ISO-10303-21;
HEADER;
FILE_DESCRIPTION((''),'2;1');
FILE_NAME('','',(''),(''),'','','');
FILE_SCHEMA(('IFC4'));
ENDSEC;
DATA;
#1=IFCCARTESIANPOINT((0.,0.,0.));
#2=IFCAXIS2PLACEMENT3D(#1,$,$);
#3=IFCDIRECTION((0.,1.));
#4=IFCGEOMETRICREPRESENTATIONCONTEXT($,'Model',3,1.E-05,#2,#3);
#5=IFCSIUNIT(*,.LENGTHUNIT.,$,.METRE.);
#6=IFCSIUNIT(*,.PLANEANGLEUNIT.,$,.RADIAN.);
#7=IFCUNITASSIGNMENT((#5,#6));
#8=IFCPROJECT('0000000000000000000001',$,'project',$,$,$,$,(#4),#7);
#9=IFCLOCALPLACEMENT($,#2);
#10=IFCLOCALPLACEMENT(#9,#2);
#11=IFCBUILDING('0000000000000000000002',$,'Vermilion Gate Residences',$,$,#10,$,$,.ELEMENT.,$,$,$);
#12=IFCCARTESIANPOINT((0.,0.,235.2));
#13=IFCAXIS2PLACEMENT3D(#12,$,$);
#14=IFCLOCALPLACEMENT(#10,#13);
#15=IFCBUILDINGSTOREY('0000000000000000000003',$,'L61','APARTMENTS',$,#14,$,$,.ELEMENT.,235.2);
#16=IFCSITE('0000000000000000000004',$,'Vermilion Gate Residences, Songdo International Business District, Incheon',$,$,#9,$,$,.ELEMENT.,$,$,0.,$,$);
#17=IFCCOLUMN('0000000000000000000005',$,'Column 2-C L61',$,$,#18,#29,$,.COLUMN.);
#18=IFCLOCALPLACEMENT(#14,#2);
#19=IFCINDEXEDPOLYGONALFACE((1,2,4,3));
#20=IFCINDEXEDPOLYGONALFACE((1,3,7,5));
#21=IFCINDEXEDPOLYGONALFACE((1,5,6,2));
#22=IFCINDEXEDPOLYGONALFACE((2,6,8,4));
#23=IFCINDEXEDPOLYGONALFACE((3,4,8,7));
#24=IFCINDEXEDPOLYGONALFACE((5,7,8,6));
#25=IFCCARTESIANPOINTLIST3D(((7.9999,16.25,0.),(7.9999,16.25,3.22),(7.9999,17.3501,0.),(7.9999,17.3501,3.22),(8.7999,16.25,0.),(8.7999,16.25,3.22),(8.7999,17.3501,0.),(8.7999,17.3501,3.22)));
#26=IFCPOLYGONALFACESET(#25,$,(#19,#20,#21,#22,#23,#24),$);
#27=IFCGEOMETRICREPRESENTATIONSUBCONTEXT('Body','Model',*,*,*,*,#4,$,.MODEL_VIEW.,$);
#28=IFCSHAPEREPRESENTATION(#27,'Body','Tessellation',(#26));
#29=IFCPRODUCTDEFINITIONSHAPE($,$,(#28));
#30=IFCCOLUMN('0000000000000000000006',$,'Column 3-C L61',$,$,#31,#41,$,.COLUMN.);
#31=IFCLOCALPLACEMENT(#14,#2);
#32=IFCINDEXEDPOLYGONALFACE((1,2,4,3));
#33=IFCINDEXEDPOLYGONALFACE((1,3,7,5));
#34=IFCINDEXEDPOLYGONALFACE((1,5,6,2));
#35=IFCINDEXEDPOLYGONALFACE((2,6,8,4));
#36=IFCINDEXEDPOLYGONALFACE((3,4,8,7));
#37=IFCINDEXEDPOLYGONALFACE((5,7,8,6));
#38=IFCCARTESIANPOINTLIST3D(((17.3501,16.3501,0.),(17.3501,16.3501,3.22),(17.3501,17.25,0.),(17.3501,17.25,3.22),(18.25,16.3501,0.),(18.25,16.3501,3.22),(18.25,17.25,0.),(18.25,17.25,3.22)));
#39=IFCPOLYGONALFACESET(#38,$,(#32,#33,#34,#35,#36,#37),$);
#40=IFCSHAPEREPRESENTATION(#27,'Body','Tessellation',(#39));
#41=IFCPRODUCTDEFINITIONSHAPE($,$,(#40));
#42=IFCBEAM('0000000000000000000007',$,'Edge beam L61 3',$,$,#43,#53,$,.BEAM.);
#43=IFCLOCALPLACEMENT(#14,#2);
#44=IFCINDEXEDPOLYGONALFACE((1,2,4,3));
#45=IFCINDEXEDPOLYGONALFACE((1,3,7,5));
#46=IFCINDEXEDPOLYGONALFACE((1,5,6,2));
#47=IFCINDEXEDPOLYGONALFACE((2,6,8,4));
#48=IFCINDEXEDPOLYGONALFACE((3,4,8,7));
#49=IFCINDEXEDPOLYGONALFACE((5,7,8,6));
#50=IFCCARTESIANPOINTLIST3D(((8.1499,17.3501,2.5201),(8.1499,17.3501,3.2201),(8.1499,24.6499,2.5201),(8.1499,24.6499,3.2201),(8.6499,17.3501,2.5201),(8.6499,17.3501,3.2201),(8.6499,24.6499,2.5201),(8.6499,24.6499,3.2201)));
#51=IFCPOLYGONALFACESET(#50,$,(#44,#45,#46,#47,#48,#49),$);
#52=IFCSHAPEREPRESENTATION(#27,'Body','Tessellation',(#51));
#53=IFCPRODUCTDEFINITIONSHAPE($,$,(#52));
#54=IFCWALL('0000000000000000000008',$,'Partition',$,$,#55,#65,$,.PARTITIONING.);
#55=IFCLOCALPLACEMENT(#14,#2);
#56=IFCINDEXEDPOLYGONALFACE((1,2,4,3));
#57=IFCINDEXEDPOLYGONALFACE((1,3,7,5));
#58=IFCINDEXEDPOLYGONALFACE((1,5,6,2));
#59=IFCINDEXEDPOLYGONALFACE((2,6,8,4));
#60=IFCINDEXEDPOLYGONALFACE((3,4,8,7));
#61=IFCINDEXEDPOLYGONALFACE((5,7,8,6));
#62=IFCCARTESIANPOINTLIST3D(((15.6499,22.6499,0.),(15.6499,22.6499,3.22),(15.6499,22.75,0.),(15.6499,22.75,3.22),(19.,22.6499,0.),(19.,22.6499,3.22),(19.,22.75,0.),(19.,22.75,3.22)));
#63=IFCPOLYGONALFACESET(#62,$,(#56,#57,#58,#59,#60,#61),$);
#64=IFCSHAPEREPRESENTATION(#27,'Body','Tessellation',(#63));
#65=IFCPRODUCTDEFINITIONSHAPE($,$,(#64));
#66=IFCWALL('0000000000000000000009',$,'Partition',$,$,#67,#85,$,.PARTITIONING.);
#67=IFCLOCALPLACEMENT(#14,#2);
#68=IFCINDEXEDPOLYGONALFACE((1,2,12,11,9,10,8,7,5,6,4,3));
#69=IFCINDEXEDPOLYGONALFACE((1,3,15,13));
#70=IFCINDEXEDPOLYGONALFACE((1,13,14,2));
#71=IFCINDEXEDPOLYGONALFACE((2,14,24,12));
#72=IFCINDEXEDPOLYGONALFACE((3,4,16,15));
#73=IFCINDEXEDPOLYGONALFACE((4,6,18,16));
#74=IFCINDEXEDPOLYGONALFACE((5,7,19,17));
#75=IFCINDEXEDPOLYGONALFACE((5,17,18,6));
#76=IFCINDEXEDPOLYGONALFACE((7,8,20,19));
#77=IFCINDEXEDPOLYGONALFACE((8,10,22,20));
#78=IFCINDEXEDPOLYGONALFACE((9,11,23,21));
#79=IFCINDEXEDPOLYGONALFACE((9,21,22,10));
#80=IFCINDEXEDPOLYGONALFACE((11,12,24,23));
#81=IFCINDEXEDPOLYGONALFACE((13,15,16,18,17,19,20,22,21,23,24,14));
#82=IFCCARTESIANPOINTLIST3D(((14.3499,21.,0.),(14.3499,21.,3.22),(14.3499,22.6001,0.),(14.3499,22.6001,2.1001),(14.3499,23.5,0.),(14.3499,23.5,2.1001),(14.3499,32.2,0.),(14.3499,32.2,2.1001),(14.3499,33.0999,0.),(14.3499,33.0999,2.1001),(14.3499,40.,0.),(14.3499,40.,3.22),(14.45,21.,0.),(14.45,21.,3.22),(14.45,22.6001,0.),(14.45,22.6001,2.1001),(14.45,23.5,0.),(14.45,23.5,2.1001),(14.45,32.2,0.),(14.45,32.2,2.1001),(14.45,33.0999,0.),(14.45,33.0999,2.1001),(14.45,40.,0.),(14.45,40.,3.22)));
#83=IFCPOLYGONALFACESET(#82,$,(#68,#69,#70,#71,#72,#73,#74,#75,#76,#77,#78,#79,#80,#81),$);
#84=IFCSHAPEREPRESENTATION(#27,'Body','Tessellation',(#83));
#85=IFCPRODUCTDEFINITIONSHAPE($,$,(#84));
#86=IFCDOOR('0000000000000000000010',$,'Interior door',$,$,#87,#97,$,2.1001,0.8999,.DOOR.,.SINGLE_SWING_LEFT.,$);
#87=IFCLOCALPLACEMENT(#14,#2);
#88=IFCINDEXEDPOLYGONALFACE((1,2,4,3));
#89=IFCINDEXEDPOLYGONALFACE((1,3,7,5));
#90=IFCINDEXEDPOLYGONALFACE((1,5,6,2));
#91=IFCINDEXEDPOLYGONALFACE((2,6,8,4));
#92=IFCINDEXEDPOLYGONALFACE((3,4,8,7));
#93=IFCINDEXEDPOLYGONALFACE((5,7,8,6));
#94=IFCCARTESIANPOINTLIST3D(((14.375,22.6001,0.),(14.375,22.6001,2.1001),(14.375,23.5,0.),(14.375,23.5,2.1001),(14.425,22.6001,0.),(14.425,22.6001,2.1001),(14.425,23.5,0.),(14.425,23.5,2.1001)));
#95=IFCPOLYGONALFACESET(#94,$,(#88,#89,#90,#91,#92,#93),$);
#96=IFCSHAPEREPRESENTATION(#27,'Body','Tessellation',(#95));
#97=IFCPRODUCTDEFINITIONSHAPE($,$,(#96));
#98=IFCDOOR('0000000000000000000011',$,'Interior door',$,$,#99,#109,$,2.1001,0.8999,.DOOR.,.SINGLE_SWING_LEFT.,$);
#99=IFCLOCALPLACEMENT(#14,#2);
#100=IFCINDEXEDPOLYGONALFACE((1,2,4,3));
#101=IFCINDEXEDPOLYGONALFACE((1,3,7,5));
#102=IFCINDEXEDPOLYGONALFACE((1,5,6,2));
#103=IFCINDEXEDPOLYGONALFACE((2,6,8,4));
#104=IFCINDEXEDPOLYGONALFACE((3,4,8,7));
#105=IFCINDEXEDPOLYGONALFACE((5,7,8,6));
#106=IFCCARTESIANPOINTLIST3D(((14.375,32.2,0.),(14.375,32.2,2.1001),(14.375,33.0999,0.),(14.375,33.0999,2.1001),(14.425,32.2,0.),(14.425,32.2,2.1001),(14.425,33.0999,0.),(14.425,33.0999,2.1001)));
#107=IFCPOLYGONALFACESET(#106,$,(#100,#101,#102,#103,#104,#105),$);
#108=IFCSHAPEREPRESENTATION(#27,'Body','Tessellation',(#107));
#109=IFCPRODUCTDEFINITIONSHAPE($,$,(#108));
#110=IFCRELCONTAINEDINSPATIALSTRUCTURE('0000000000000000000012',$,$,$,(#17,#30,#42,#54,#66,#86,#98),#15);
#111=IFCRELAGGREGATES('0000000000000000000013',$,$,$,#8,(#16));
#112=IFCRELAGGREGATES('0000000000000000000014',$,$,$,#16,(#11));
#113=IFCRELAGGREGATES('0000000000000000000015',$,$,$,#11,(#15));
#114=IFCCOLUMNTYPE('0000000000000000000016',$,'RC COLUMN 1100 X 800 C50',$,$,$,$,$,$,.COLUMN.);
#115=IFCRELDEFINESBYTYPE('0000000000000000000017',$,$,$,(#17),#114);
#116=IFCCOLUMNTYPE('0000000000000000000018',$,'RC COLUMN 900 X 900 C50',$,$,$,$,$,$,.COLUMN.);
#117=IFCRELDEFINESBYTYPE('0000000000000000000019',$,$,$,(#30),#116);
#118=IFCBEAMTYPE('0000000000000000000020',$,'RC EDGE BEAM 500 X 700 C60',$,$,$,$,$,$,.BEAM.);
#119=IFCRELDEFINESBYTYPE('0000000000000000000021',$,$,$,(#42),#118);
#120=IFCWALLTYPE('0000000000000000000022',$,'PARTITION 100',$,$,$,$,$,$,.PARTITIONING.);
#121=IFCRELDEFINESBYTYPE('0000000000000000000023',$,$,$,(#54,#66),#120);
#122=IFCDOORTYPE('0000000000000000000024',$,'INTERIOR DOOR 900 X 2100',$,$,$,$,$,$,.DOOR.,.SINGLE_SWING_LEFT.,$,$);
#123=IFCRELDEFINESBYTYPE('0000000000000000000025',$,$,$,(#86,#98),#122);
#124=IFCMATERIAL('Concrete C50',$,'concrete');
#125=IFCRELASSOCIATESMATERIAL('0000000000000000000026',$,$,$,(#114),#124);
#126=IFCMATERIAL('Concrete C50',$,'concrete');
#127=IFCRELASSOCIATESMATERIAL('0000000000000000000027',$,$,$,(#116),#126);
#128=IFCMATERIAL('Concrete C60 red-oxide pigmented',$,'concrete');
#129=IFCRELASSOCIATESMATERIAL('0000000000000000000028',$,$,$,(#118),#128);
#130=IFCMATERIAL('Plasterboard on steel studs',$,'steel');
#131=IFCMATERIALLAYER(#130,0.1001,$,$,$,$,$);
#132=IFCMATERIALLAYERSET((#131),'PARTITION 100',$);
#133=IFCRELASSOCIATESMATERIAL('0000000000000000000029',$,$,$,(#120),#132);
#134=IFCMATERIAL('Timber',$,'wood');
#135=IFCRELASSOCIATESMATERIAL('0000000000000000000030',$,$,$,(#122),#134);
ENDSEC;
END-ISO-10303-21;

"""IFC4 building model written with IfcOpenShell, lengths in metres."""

from ifc_helpers import new_model, si_unit, direction, frame, frame_2d, origin, origin_2d, place, context, subcontext, project, spatial, rectangle, extrude, material, layer, layer_set, material_profile, profile_set, type_object, element, fill, save


model = new_model("IFC4")

# Units and contexts
model_context = context("Model", 3, precision=1e-05, world=origin(), true_north=direction((0.0, 1.0)))
body_context = subcontext(model_context, "Body", "Model", "MODEL_VIEW")
ifc_project = project(units=[si_unit("LENGTHUNIT", "METRE"), si_unit("PLANEANGLEUNIT", "RADIAN")], contexts=[model_context])

# Site, building, storey
site_placement = place(None, origin())
site = spatial("IfcSite", under=ifc_project, at=site_placement, Name="Vermilion Gate Residences, Songdo International Business District, Incheon", CompositionType="ELEMENT", RefElevation=0.0)
building_placement = place(site_placement, origin())
building = spatial("IfcBuilding", under=site, at=building_placement, Name="Vermilion Gate Residences", CompositionType="ELEMENT")
storey_placement = place(building_placement, frame((0.0, 0.0, 235.2)))
storey = spatial("IfcBuildingStorey", under=building, at=storey_placement, Name="L61", Description="APARTMENTS", CompositionType="ELEMENT", Elevation=235.2)

# Columns
ifc_material_1 = material(Name="Concrete C50", Category="concrete")
ifc_material_profile_1 = material_profile(ifc_material_1, rectangle(XDim=1.1001, YDim=0.8, at=origin_2d()), Name="RC-1100x800")
ifc_profile_set_1 = profile_set([ifc_material_profile_1], Name="Concrete C50")
column_type_1 = type_object("IfcColumnType", Name="RC COLUMN 1100 X 800 C50", PredefinedType="COLUMN", material=ifc_profile_set_1)
column_1_placement = place(storey_placement, frame((8.3999, 16.8, 0.0), z_axis=(0.0, 0.0, 1.0), x_axis=(0.0, 1.0, 0.0)))
element("IfcColumn", 1, at=column_1_placement, inside=storey, type_object=column_type_1, Name="Column 2-C L61", PredefinedType="COLUMN", context=body_context, shape_type="SweptSolid", body=[
    extrude(rectangle(XDim=1.1001, YDim=0.8, at=origin_2d()), origin(), (0.0, 0.0, 1.0), 3.22),
])
ifc_material_2 = material(Name="Concrete C50", Category="concrete")
ifc_material_profile_2 = material_profile(ifc_material_2, rectangle(XDim=0.8999, YDim=0.8999, at=origin_2d()), Name="RC-900x900")
ifc_profile_set_2 = profile_set([ifc_material_profile_2], Name="Concrete C50")
column_type_2 = type_object("IfcColumnType", Name="RC COLUMN 900 X 900 C50", PredefinedType="COLUMN", material=ifc_profile_set_2)
column_2_placement = place(storey_placement, frame((17.8, 16.8, 0.0), z_axis=(0.0, 0.0, 1.0), x_axis=(1.0, 0.0, 0.0)))
element("IfcColumn", 2, at=column_2_placement, inside=storey, type_object=column_type_2, Name="Column 3-C L61", PredefinedType="COLUMN", context=body_context, shape_type="SweptSolid", body=[
    extrude(rectangle(XDim=0.8999, YDim=0.8999, at=origin_2d()), origin(), (0.0, 0.0, 1.0), 3.22),
])

# Beam
ifc_material_3 = material(Name="Concrete C60 red-oxide pigmented", Category="concrete")
ifc_material_profile_3 = material_profile(ifc_material_3, rectangle(XDim=0.5, YDim=0.7, at=origin_2d()), Name="RC-500x700")
ifc_profile_set_3 = profile_set([ifc_material_profile_3], Name="Concrete C60 red-oxide pigmented")
beam_type = type_object("IfcBeamType", Name="RC EDGE BEAM 500 X 700 C60", PredefinedType="BEAM", material=ifc_profile_set_3)
beam_placement = place(storey_placement, frame((8.3999, 17.3501, 2.8701), z_axis=(0.0, 1.0, 0.0), x_axis=(-1.0, 0.0, 0.0)))
element("IfcBeam", 3, at=beam_placement, inside=storey, type_object=beam_type, Name="Edge beam L61 3", PredefinedType="BEAM", context=body_context, shape_type="SweptSolid", body=[
    extrude(rectangle(XDim=0.5, YDim=0.7, at=origin_2d()), origin(), (0.0, 0.0, 1.0), 7.2998),
])

# Wall
ifc_material_4 = material(Name="Plasterboard on steel studs", Category="steel")
ifc_layer_1 = layer(ifc_material_4, 0.1001)
ifc_layer_set_1 = layer_set([ifc_layer_1], Name="PARTITION 100")
wall_type_1 = type_object("IfcWallType", Name="PARTITION 100", PredefinedType="PARTITIONING", material=ifc_layer_set_1)
wall_1_placement = place(storey_placement, frame((15.6499, 22.7, 0.0), z_axis=(0.0, 0.0, 1.0), x_axis=(1.0, 0.0, 0.0)))
element("IfcWall", 4, at=wall_1_placement, inside=storey, type_object=wall_type_1, Name="Partition", PredefinedType="PARTITIONING", context=body_context, shape_type="SweptSolid", body=[
    extrude(rectangle(XDim=3.3501, YDim=0.1001, at=frame_2d((1.675, 0.0))), origin(), (0.0, 0.0, 1.0), 3.22),
])

# Wall, openings, doors
wall_2_placement = place(storey_placement, frame((14.3999, 21.0, 0.0), z_axis=(0.0, 0.0, 1.0), x_axis=(0.0, 1.0, 0.0)))
wall_2 = element("IfcWall", 5, at=wall_2_placement, inside=storey, type_object=wall_type_1, Name="Partition", PredefinedType="PARTITIONING", context=body_context, shape_type="SweptSolid", body=[
    extrude(rectangle(XDim=19.0, YDim=0.1001, at=frame_2d((9.5, 0.0))), origin(), (0.0, 0.0, 1.0), 3.22),
])
opening_1_placement = place(wall_2_placement, frame((1.6001, 0.0, 0.0)))
opening_1 = element("IfcOpeningElement", 6, at=opening_1_placement, cuts=wall_2, PredefinedType="OPENING", context=body_context, shape_type="SweptSolid", body=[
    extrude(rectangle(XDim=0.8999, YDim=2.1001, at=frame_2d((0.45, 1.05))), frame((0.0, 0.0601, 0.0), z_axis=(0.0, -1.0, 0.0), x_axis=(1.0, 0.0, 0.0)), (0.0, 0.0, 1.0), 0.1201),
])
opening_2_placement = place(wall_2_placement, frame((11.2, 0.0, 0.0)))
opening_2 = element("IfcOpeningElement", 7, at=opening_2_placement, cuts=wall_2, PredefinedType="OPENING", context=body_context, shape_type="SweptSolid", body=[
    extrude(rectangle(XDim=0.8999, YDim=2.1001, at=frame_2d((0.45, 1.05))), frame((0.0, 0.0601, 0.0), z_axis=(0.0, -1.0, 0.0), x_axis=(1.0, 0.0, 0.0)), (0.0, 0.0, 1.0), 0.1201),
])
ifc_material_5 = material(Name="Timber", Category="wood")
door_type_1 = type_object("IfcDoorType", Name="INTERIOR DOOR 900 X 2100", OperationType="SINGLE_SWING_LEFT", PredefinedType="DOOR", material=ifc_material_5)
door_1_placement = place(opening_1_placement, origin())
door_1 = element("IfcDoor", 8, at=door_1_placement, inside=storey, type_object=door_type_1, Name="Interior door", OperationType="SINGLE_SWING_LEFT", OverallHeight=2.1001, OverallWidth=0.8999, PredefinedType="DOOR", context=body_context, shape_type="SweptSolid", body=[
    extrude(rectangle(XDim=0.8999, YDim=2.1001, at=frame_2d((0.45, 1.05))), frame((0.0, 0.0249, 0.0), z_axis=(0.0, -1.0, 0.0), x_axis=(1.0, 0.0, 0.0)), (0.0, 0.0, 1.0), 0.05),
])
fill(opening_1, door_1)
door_2_placement = place(opening_2_placement, origin())
door_2 = element("IfcDoor", 9, at=door_2_placement, inside=storey, type_object=door_type_1, Name="Interior door", OperationType="SINGLE_SWING_LEFT", OverallHeight=2.1001, OverallWidth=0.8999, PredefinedType="DOOR", context=body_context, shape_type="SweptSolid", body=[
    extrude(rectangle(XDim=0.8999, YDim=2.1001, at=frame_2d((0.45, 1.05))), frame((0.0, 0.0249, 0.0), z_axis=(0.0, -1.0, 0.0), x_axis=(1.0, 0.0, 0.0)), (0.0, 0.0, 1.0), 0.05),
])
fill(opening_2, door_2)

save(model, "model.ifc")
